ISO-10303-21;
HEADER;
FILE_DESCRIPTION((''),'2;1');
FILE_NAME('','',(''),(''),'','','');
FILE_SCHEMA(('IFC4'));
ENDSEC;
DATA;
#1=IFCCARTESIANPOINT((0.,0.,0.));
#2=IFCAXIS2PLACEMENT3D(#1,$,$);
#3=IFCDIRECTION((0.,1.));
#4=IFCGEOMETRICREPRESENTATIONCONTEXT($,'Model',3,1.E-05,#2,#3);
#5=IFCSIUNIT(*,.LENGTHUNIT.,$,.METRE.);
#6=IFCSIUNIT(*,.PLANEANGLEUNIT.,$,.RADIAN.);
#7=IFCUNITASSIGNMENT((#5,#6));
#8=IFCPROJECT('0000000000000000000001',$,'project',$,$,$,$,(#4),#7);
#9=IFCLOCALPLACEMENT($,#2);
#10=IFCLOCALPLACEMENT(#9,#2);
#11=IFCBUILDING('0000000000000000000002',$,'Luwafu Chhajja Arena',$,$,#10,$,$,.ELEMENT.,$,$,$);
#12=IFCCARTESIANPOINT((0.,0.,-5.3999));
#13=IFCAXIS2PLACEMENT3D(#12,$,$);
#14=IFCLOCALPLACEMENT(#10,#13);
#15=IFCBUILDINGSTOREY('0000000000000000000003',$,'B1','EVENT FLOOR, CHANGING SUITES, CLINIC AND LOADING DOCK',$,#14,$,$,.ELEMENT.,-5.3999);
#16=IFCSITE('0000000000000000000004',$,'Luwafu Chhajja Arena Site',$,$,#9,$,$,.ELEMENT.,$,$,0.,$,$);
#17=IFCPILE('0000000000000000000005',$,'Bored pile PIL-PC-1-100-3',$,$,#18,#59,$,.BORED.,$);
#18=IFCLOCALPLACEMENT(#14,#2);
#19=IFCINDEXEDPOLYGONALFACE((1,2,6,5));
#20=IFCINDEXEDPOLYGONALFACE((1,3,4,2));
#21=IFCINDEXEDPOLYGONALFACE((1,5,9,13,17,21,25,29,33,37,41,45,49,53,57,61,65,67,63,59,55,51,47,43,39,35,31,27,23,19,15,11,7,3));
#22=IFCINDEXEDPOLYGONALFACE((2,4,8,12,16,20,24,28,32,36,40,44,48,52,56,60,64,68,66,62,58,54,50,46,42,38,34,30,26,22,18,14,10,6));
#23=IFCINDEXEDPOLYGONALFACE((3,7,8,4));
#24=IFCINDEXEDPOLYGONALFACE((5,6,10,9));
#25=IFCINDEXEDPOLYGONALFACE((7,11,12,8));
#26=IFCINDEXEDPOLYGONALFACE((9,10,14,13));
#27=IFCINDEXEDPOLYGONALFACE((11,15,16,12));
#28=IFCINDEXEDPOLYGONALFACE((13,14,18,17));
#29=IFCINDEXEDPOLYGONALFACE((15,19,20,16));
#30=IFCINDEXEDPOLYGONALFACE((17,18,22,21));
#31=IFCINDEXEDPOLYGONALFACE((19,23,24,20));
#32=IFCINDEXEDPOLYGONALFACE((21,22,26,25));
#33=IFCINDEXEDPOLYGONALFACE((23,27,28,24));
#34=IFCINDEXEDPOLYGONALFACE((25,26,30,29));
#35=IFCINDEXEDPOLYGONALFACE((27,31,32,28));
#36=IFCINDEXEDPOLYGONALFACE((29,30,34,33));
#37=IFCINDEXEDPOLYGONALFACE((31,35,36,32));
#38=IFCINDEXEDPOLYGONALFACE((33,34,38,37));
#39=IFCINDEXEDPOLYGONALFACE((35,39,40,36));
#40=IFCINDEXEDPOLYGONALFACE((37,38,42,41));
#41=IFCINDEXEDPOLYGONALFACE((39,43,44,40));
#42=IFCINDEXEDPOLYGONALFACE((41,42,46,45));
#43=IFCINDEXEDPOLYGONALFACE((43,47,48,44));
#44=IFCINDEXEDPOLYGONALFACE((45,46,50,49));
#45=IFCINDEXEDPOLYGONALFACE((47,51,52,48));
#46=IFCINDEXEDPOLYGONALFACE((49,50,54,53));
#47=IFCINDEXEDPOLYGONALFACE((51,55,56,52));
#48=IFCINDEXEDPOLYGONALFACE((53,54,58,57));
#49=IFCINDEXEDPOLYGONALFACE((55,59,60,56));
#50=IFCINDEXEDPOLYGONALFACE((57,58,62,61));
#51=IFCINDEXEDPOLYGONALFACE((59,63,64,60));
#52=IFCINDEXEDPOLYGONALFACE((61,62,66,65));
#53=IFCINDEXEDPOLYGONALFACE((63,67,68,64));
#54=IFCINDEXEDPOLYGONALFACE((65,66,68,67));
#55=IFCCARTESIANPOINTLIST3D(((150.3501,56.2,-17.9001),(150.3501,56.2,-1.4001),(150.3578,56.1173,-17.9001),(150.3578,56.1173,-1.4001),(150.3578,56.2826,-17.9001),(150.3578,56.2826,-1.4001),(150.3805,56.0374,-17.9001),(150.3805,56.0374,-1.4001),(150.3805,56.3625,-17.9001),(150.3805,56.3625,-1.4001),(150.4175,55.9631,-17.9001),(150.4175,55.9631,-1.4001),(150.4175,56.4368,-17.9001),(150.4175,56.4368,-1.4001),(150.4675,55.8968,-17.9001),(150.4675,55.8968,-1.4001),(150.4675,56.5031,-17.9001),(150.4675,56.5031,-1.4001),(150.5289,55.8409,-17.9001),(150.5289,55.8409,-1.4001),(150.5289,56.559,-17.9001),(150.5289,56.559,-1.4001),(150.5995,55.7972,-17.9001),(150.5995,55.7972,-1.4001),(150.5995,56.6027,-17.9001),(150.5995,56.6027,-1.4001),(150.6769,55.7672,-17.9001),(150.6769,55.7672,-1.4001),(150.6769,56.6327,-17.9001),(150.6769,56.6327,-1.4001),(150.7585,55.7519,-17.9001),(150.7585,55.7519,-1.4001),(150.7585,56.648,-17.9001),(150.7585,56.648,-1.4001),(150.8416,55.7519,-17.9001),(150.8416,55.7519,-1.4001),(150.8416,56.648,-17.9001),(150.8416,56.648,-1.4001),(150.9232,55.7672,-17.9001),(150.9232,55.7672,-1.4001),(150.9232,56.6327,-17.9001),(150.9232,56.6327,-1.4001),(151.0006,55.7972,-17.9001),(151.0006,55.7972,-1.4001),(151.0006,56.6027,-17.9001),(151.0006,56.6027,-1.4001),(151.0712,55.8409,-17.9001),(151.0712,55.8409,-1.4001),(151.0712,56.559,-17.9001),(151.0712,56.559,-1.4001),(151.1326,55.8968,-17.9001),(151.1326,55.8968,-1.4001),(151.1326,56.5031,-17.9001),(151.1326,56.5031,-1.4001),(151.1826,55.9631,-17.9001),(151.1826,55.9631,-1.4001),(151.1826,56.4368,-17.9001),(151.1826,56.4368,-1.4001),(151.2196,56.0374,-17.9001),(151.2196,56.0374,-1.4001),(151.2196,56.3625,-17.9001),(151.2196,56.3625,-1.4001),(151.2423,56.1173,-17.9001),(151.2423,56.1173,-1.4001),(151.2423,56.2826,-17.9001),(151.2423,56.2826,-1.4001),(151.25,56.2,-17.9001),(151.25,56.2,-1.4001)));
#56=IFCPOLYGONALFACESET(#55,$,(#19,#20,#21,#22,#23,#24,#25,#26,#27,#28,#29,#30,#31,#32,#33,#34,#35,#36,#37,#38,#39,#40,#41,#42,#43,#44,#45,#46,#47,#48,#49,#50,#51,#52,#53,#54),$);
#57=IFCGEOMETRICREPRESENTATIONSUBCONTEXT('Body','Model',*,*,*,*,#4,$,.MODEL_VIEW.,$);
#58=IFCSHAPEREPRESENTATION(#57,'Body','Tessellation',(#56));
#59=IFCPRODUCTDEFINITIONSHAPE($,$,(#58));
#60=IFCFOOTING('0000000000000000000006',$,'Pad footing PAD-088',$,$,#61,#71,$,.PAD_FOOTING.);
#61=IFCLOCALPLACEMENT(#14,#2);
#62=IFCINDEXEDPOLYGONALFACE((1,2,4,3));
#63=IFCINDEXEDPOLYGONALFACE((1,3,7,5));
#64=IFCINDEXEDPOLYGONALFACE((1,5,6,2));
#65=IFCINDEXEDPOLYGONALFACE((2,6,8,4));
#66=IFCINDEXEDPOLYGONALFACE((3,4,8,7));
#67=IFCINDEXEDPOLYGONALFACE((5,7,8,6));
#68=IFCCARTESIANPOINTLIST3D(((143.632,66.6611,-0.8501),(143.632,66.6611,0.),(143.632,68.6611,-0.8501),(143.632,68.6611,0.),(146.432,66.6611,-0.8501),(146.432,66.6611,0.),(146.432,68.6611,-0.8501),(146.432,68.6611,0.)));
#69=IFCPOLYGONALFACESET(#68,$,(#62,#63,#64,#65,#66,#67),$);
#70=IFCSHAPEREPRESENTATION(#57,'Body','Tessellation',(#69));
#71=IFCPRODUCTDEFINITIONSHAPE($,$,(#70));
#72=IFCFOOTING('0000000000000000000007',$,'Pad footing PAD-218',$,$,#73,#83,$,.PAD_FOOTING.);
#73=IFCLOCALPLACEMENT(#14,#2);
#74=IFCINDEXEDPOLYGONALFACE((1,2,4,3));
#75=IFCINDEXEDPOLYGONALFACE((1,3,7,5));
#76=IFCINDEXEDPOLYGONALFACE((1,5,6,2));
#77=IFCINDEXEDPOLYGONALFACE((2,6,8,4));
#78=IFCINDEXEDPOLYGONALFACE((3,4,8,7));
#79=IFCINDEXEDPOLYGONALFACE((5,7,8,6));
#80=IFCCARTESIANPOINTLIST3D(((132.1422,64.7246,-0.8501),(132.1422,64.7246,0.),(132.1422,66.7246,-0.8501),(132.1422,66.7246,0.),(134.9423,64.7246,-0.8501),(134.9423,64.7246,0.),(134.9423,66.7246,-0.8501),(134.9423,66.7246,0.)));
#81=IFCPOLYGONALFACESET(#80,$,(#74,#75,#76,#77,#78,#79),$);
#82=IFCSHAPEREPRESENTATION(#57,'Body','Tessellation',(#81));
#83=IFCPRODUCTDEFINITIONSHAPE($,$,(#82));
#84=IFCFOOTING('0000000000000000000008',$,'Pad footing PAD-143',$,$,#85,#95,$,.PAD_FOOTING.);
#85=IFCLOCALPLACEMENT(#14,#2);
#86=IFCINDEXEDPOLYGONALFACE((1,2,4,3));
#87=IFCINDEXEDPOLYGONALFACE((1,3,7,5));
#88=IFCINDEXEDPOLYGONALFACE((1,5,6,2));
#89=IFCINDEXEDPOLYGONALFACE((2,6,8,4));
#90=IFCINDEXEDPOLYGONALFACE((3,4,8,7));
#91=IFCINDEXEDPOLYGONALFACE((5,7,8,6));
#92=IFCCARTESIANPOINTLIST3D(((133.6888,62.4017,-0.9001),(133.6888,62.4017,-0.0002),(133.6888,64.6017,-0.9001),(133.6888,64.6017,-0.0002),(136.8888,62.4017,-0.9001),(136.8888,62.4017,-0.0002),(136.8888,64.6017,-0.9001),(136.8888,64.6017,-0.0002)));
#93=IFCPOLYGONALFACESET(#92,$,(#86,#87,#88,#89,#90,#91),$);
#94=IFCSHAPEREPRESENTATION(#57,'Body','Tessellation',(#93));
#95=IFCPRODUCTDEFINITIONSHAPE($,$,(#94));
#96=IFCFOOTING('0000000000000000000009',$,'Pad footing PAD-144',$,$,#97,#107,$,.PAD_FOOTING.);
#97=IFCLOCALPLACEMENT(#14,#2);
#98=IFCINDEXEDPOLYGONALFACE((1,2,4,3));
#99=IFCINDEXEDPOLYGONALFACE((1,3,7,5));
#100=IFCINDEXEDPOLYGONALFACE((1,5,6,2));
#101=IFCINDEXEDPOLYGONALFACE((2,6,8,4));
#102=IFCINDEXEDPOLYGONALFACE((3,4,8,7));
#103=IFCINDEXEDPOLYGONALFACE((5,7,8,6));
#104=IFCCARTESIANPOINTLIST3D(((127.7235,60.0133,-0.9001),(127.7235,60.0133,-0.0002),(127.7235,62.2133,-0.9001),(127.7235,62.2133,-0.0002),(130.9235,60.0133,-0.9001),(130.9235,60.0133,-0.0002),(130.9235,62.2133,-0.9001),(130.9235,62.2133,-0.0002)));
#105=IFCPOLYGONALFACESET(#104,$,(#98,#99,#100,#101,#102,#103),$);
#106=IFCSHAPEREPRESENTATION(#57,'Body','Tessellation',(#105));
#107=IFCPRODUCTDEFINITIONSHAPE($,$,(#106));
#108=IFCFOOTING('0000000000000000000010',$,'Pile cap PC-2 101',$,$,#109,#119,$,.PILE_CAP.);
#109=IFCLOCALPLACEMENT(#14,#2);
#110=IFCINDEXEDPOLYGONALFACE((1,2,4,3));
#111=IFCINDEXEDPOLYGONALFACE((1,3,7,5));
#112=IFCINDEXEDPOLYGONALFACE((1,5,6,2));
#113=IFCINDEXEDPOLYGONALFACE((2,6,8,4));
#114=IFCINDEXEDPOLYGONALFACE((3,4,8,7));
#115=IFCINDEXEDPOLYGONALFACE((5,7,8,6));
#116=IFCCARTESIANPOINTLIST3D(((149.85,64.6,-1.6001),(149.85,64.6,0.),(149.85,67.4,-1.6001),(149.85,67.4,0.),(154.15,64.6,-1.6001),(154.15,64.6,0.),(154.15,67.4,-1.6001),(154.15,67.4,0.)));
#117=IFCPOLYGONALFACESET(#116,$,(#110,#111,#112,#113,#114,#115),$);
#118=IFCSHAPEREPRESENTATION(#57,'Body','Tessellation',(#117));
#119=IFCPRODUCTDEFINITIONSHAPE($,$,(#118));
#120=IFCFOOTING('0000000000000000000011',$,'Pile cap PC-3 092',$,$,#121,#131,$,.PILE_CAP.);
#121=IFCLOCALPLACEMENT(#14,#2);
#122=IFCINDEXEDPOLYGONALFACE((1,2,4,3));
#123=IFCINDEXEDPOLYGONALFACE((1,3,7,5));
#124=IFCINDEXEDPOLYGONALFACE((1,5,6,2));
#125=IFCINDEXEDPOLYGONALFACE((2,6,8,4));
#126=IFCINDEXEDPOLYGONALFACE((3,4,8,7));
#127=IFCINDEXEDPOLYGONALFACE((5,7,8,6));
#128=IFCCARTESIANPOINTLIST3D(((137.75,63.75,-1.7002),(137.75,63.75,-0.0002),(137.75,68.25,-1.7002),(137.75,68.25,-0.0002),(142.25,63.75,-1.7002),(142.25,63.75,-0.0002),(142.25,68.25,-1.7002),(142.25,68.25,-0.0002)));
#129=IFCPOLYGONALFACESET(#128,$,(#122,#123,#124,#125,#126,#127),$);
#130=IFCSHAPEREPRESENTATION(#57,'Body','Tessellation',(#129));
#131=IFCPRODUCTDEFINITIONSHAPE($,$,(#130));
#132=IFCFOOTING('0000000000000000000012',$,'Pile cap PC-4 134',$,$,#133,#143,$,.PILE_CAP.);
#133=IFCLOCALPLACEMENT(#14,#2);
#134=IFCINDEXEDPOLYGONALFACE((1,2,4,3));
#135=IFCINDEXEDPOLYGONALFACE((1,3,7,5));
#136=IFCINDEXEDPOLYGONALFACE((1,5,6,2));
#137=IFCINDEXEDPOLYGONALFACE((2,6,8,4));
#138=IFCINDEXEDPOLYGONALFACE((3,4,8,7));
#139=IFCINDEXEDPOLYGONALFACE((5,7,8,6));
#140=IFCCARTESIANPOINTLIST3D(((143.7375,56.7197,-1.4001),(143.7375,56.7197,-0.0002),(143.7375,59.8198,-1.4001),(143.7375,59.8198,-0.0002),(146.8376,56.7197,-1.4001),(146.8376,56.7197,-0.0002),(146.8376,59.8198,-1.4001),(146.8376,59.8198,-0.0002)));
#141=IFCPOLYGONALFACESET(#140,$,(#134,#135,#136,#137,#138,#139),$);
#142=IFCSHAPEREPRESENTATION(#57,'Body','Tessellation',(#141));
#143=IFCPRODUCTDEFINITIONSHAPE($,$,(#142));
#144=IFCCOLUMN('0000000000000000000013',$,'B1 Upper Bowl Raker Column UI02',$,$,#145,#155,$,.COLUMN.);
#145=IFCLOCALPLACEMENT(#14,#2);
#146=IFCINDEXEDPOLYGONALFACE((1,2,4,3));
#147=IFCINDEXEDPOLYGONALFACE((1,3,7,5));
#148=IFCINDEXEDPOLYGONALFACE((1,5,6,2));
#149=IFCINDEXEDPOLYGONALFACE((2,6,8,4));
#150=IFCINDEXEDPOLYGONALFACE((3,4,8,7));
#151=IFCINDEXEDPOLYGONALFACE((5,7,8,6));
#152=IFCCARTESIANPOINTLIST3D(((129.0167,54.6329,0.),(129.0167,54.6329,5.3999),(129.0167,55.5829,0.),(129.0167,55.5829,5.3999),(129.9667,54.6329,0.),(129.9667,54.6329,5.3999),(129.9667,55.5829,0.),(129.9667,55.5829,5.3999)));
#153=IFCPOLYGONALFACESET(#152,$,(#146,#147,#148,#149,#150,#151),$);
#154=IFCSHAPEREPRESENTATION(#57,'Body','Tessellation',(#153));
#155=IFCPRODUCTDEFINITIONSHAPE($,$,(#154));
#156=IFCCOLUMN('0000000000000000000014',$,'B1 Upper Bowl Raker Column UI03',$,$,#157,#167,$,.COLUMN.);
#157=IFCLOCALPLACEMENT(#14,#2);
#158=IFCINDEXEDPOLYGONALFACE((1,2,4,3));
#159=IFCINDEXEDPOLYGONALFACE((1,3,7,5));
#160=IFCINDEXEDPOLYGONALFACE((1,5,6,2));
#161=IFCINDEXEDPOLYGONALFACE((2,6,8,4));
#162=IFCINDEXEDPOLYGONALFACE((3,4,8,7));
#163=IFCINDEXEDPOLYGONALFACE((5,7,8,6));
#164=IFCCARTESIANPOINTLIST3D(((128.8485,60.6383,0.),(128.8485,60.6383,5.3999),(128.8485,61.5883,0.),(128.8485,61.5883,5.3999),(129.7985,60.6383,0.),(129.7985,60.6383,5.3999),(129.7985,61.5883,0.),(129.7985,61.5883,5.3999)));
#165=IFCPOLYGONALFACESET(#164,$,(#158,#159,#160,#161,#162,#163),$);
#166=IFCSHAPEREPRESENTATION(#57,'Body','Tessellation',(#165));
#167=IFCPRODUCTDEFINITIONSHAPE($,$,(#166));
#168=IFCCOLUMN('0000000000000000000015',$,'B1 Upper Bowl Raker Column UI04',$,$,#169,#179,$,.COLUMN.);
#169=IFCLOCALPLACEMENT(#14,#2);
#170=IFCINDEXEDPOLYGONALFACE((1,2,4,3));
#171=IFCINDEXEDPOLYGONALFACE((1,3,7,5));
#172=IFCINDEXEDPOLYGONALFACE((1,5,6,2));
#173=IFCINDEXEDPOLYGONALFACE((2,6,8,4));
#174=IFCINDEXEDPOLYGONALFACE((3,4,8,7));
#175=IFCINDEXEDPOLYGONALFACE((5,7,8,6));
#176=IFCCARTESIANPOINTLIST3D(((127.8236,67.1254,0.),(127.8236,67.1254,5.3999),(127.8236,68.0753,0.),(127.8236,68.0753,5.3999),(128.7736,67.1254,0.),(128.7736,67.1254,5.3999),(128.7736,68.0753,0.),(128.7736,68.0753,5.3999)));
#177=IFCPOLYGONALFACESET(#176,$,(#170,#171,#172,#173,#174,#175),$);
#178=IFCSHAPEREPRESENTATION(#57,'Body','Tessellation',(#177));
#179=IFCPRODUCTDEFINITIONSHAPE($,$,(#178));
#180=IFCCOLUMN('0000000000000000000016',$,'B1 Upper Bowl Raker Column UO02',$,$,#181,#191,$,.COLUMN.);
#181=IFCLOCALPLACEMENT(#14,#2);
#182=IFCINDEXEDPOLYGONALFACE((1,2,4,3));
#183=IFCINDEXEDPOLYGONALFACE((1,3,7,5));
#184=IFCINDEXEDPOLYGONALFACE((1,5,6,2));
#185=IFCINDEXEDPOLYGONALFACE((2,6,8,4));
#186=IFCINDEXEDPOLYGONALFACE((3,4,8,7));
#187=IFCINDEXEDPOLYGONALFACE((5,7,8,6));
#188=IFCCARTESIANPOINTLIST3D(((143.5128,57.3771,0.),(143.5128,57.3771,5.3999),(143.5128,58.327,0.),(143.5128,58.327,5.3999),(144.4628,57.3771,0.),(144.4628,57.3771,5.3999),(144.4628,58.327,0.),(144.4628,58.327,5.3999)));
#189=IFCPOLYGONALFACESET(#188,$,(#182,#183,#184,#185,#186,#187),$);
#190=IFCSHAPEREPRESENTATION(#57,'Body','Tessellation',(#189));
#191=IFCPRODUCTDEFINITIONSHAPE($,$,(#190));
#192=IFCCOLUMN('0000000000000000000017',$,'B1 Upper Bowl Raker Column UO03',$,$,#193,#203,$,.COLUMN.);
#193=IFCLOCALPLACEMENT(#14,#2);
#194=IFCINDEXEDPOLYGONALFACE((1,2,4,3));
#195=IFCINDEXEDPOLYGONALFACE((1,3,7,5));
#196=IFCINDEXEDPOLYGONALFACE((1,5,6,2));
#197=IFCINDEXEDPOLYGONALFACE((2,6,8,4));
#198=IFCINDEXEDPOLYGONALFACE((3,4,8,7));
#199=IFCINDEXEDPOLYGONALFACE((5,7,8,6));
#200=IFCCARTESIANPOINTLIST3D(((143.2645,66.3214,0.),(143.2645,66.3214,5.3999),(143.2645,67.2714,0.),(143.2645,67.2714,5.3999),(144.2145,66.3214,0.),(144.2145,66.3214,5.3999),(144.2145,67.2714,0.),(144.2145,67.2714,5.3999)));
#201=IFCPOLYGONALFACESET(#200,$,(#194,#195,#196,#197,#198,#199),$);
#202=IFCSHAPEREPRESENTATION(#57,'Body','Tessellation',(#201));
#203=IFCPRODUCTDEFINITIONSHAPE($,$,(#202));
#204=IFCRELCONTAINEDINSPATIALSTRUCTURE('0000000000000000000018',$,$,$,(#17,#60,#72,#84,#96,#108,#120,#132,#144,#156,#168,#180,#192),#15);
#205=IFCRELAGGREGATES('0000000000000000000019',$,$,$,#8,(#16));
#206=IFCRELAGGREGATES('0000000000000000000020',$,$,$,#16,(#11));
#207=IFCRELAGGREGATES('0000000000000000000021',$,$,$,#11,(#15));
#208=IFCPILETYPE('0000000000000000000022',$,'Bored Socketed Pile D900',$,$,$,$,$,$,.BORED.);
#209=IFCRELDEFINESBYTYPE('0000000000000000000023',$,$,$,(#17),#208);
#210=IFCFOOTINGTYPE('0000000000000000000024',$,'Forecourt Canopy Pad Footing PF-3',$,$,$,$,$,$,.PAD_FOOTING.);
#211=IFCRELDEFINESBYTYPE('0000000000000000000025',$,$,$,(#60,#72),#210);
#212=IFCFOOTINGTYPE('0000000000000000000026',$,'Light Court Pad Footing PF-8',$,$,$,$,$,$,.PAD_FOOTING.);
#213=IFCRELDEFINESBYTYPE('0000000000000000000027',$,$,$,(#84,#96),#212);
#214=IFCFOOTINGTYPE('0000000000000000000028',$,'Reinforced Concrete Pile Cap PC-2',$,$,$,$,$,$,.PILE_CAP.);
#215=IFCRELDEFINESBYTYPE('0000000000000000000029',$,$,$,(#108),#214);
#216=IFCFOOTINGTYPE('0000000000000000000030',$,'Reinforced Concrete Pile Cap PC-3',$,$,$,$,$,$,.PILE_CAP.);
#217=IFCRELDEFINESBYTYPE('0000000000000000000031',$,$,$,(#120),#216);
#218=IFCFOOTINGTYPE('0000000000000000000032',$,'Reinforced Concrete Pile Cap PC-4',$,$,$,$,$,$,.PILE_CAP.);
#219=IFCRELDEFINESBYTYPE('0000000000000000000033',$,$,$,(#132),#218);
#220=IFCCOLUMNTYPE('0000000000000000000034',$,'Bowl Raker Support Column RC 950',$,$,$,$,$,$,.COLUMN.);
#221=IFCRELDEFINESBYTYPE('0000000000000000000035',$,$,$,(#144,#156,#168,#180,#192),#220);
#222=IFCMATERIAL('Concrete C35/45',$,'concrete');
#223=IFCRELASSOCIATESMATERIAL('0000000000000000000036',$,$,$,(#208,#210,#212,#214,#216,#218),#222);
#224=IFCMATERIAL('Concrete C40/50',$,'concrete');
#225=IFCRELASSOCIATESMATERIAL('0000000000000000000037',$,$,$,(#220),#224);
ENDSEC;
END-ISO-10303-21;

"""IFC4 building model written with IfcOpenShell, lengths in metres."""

from ifc_helpers import new_model, si_unit, direction, frame, origin, origin_2d, place, context, subcontext, project, spatial, rectangle, circle, extrude, material, material_profile, profile_set, type_object, element, save


model = new_model("IFC4")

# Units and contexts
model_context = context("Model", 3, precision=1e-05, world=origin(), true_north=direction((0.0, 1.0)))
body_context = subcontext(model_context, "Body", "Model", "MODEL_VIEW")
ifc_project = project(units=[si_unit("LENGTHUNIT", "METRE"), si_unit("PLANEANGLEUNIT", "RADIAN")], contexts=[model_context])

# Site, building, storey
site_placement = place(None, origin())
site = spatial("IfcSite", under=ifc_project, at=site_placement, Name="Luwafu Chhajja Arena Site", CompositionType="ELEMENT", RefElevation=0.0)
building_placement = place(site_placement, origin())
building = spatial("IfcBuilding", under=site, at=building_placement, Name="Luwafu Chhajja Arena", CompositionType="ELEMENT")
storey_placement = place(building_placement, frame((0.0, 0.0, -5.3999)))
storey = spatial("IfcBuildingStorey", under=building, at=storey_placement, Name="B1", Description="EVENT FLOOR, CHANGING SUITES, CLINIC AND LOADING DOCK", CompositionType="ELEMENT", Elevation=-5.3999)

# Shared definitions
ifc_material_1 = material(Name="Concrete C35/45", Category="concrete")

# Pile
ifc_material_profile_1 = material_profile(ifc_material_1, circle(Radius=0.45, at=origin_2d()), Name="PILE D900")
ifc_profile_set_1 = profile_set([ifc_material_profile_1], Name="Concrete C35/45")
pile_type_1 = type_object("IfcPileType", Name="Bored Socketed Pile D900", PredefinedType="BORED", material=ifc_profile_set_1)
for number, where, z_axis, x_axis, name in (
    (1, (150.8, 56.2, -1.4001), (0.0, 0.0, -1.0), (1.0, 0.0, 0.0), "Bored pile PIL-PC-1-100-3"),
):
    element("IfcPile", number, at=place(storey_placement, frame(where, z_axis=z_axis, x_axis=x_axis)), inside=storey, type_object=pile_type_1, Name=name, PredefinedType="BORED", context=body_context, shape_type="SweptSolid", body=[
        extrude(circle(Radius=0.45, at=origin_2d()), origin(), (0.0, 0.0, 1.0), 16.5),
    ])

# Footings
footing_type_1 = type_object("IfcFootingType", Name="Forecourt Canopy Pad Footing PF-3", PredefinedType="PAD_FOOTING", material=ifc_material_1)
for number, where, z_axis, x_axis, name in (
    (2, (145.032, 67.6611, -0.8501), (0.0, 0.0, 1.0), (1.0, 0.0, 0.0), "Pad footing PAD-088"),
    (3, (133.5422, 65.7246, -0.8501), (0.0, 0.0, 1.0), (1.0, 0.0, 0.0), "Pad footing PAD-218"),
):
    element("IfcFooting", number, at=place(storey_placement, frame(where, z_axis=z_axis, x_axis=x_axis)), inside=storey, type_object=footing_type_1, Name=name, PredefinedType="PAD_FOOTING", context=body_context, shape_type="SweptSolid", body=[
        extrude(rectangle(XDim=2.8, YDim=2.0, at=origin_2d()), origin(), (0.0, 0.0, 1.0), 0.8501),
    ])
footing_type_2 = type_object("IfcFootingType", Name="Light Court Pad Footing PF-8", PredefinedType="PAD_FOOTING", material=ifc_material_1)
for number, where, z_axis, x_axis, name in (
    (4, (135.2888, 63.5017, -0.9001), (0.0, 0.0, 1.0), (1.0, 0.0, 0.0), "Pad footing PAD-143"),
    (5, (129.3235, 61.1133, -0.9001), (0.0, 0.0, 1.0), (1.0, 0.0, 0.0), "Pad footing PAD-144"),
):
    element("IfcFooting", number, at=place(storey_placement, frame(where, z_axis=z_axis, x_axis=x_axis)), inside=storey, type_object=footing_type_2, Name=name, PredefinedType="PAD_FOOTING", context=body_context, shape_type="SweptSolid", body=[
        extrude(rectangle(XDim=3.2, YDim=2.2, at=origin_2d()), origin(), (0.0, 0.0, 1.0), 0.8999),
    ])
footing_type_3 = type_object("IfcFootingType", Name="Reinforced Concrete Pile Cap PC-2", PredefinedType="PILE_CAP", material=ifc_material_1)
footing_1_placement = place(storey_placement, frame((152.0, 66.0, -1.6001), z_axis=(0.0, 0.0, 1.0), x_axis=(1.0, 0.0, 0.0)))
element("IfcFooting", 6, at=footing_1_placement, inside=storey, type_object=footing_type_3, Name="Pile cap PC-2 101", PredefinedType="PILE_CAP", context=body_context, shape_type="SweptSolid", body=[
    extrude(rectangle(XDim=4.3, YDim=2.8, at=origin_2d()), origin(), (0.0, 0.0, 1.0), 1.6001),
])
footing_type_4 = type_object("IfcFootingType", Name="Reinforced Concrete Pile Cap PC-3", PredefinedType="PILE_CAP", material=ifc_material_1)
footing_2_placement = place(storey_placement, frame((140.0, 66.0, -1.7002), z_axis=(0.0, 0.0, 1.0), x_axis=(1.0, 0.0, 0.0)))
element("IfcFooting", 7, at=footing_2_placement, inside=storey, type_object=footing_type_4, Name="Pile cap PC-3 092", PredefinedType="PILE_CAP", context=body_context, shape_type="SweptSolid", body=[
    extrude(rectangle(XDim=4.5, YDim=4.5, at=origin_2d()), origin(), (0.0, 0.0, 1.0), 1.7),
])
footing_type_5 = type_object("IfcFootingType", Name="Reinforced Concrete Pile Cap PC-4", PredefinedType="PILE_CAP", material=ifc_material_1)
footing_3_placement = place(storey_placement, frame((145.2876, 58.2698, -1.4001), z_axis=(0.0, 0.0, 1.0), x_axis=(1.0, 0.0, 0.0)))
element("IfcFooting", 8, at=footing_3_placement, inside=storey, type_object=footing_type_5, Name="Pile cap PC-4 134", PredefinedType="PILE_CAP", context=body_context, shape_type="SweptSolid", body=[
    extrude(rectangle(XDim=3.1001, YDim=3.1001, at=origin_2d()), origin(), (0.0, 0.0, 1.0), 1.3999),
])

# Columns
ifc_material_2 = material(Name="Concrete C40/50", Category="concrete")
ifc_material_profile_2 = material_profile(ifc_material_2, rectangle(XDim=0.95, YDim=0.95, at=origin_2d()), Name="RC 950x950")
ifc_profile_set_2 = profile_set([ifc_material_profile_2], Name="Concrete C40/50")
column_type_1 = type_object("IfcColumnType", Name="Bowl Raker Support Column RC 950", PredefinedType="COLUMN", material=ifc_profile_set_2)
for number, where, z_axis, x_axis, name in (
    (9, (129.4917, 55.1079, 0.0), (0.0, 0.0, 1.0), (1.0, 0.0, 0.0), "B1 Upper Bowl Raker Column UI02"),
    (10, (129.3235, 61.1133, 0.0), (0.0, 0.0, 1.0), (1.0, 0.0, 0.0), "B1 Upper Bowl Raker Column UI03"),
    (11, (128.2986, 67.6003, 0.0), (0.0, 0.0, 1.0), (1.0, 0.0, 0.0), "B1 Upper Bowl Raker Column UI04"),
    (12, (143.9878, 57.8521, 0.0), (0.0, 0.0, 1.0), (1.0, 0.0, 0.0), "B1 Upper Bowl Raker Column UO02"),
    (13, (143.7395, 66.7964, 0.0), (0.0, 0.0, 1.0), (1.0, 0.0, 0.0), "B1 Upper Bowl Raker Column UO03"),
):
    element("IfcColumn", number, at=place(storey_placement, frame(where, z_axis=z_axis, x_axis=x_axis)), inside=storey, type_object=column_type_1, Name=name, PredefinedType="COLUMN", context=body_context, shape_type="SweptSolid", body=[
        extrude(rectangle(XDim=0.95, YDim=0.95, at=origin_2d()), origin(), (0.0, 0.0, 1.0), 5.3999),
    ])

save(model, "model.ifc")
